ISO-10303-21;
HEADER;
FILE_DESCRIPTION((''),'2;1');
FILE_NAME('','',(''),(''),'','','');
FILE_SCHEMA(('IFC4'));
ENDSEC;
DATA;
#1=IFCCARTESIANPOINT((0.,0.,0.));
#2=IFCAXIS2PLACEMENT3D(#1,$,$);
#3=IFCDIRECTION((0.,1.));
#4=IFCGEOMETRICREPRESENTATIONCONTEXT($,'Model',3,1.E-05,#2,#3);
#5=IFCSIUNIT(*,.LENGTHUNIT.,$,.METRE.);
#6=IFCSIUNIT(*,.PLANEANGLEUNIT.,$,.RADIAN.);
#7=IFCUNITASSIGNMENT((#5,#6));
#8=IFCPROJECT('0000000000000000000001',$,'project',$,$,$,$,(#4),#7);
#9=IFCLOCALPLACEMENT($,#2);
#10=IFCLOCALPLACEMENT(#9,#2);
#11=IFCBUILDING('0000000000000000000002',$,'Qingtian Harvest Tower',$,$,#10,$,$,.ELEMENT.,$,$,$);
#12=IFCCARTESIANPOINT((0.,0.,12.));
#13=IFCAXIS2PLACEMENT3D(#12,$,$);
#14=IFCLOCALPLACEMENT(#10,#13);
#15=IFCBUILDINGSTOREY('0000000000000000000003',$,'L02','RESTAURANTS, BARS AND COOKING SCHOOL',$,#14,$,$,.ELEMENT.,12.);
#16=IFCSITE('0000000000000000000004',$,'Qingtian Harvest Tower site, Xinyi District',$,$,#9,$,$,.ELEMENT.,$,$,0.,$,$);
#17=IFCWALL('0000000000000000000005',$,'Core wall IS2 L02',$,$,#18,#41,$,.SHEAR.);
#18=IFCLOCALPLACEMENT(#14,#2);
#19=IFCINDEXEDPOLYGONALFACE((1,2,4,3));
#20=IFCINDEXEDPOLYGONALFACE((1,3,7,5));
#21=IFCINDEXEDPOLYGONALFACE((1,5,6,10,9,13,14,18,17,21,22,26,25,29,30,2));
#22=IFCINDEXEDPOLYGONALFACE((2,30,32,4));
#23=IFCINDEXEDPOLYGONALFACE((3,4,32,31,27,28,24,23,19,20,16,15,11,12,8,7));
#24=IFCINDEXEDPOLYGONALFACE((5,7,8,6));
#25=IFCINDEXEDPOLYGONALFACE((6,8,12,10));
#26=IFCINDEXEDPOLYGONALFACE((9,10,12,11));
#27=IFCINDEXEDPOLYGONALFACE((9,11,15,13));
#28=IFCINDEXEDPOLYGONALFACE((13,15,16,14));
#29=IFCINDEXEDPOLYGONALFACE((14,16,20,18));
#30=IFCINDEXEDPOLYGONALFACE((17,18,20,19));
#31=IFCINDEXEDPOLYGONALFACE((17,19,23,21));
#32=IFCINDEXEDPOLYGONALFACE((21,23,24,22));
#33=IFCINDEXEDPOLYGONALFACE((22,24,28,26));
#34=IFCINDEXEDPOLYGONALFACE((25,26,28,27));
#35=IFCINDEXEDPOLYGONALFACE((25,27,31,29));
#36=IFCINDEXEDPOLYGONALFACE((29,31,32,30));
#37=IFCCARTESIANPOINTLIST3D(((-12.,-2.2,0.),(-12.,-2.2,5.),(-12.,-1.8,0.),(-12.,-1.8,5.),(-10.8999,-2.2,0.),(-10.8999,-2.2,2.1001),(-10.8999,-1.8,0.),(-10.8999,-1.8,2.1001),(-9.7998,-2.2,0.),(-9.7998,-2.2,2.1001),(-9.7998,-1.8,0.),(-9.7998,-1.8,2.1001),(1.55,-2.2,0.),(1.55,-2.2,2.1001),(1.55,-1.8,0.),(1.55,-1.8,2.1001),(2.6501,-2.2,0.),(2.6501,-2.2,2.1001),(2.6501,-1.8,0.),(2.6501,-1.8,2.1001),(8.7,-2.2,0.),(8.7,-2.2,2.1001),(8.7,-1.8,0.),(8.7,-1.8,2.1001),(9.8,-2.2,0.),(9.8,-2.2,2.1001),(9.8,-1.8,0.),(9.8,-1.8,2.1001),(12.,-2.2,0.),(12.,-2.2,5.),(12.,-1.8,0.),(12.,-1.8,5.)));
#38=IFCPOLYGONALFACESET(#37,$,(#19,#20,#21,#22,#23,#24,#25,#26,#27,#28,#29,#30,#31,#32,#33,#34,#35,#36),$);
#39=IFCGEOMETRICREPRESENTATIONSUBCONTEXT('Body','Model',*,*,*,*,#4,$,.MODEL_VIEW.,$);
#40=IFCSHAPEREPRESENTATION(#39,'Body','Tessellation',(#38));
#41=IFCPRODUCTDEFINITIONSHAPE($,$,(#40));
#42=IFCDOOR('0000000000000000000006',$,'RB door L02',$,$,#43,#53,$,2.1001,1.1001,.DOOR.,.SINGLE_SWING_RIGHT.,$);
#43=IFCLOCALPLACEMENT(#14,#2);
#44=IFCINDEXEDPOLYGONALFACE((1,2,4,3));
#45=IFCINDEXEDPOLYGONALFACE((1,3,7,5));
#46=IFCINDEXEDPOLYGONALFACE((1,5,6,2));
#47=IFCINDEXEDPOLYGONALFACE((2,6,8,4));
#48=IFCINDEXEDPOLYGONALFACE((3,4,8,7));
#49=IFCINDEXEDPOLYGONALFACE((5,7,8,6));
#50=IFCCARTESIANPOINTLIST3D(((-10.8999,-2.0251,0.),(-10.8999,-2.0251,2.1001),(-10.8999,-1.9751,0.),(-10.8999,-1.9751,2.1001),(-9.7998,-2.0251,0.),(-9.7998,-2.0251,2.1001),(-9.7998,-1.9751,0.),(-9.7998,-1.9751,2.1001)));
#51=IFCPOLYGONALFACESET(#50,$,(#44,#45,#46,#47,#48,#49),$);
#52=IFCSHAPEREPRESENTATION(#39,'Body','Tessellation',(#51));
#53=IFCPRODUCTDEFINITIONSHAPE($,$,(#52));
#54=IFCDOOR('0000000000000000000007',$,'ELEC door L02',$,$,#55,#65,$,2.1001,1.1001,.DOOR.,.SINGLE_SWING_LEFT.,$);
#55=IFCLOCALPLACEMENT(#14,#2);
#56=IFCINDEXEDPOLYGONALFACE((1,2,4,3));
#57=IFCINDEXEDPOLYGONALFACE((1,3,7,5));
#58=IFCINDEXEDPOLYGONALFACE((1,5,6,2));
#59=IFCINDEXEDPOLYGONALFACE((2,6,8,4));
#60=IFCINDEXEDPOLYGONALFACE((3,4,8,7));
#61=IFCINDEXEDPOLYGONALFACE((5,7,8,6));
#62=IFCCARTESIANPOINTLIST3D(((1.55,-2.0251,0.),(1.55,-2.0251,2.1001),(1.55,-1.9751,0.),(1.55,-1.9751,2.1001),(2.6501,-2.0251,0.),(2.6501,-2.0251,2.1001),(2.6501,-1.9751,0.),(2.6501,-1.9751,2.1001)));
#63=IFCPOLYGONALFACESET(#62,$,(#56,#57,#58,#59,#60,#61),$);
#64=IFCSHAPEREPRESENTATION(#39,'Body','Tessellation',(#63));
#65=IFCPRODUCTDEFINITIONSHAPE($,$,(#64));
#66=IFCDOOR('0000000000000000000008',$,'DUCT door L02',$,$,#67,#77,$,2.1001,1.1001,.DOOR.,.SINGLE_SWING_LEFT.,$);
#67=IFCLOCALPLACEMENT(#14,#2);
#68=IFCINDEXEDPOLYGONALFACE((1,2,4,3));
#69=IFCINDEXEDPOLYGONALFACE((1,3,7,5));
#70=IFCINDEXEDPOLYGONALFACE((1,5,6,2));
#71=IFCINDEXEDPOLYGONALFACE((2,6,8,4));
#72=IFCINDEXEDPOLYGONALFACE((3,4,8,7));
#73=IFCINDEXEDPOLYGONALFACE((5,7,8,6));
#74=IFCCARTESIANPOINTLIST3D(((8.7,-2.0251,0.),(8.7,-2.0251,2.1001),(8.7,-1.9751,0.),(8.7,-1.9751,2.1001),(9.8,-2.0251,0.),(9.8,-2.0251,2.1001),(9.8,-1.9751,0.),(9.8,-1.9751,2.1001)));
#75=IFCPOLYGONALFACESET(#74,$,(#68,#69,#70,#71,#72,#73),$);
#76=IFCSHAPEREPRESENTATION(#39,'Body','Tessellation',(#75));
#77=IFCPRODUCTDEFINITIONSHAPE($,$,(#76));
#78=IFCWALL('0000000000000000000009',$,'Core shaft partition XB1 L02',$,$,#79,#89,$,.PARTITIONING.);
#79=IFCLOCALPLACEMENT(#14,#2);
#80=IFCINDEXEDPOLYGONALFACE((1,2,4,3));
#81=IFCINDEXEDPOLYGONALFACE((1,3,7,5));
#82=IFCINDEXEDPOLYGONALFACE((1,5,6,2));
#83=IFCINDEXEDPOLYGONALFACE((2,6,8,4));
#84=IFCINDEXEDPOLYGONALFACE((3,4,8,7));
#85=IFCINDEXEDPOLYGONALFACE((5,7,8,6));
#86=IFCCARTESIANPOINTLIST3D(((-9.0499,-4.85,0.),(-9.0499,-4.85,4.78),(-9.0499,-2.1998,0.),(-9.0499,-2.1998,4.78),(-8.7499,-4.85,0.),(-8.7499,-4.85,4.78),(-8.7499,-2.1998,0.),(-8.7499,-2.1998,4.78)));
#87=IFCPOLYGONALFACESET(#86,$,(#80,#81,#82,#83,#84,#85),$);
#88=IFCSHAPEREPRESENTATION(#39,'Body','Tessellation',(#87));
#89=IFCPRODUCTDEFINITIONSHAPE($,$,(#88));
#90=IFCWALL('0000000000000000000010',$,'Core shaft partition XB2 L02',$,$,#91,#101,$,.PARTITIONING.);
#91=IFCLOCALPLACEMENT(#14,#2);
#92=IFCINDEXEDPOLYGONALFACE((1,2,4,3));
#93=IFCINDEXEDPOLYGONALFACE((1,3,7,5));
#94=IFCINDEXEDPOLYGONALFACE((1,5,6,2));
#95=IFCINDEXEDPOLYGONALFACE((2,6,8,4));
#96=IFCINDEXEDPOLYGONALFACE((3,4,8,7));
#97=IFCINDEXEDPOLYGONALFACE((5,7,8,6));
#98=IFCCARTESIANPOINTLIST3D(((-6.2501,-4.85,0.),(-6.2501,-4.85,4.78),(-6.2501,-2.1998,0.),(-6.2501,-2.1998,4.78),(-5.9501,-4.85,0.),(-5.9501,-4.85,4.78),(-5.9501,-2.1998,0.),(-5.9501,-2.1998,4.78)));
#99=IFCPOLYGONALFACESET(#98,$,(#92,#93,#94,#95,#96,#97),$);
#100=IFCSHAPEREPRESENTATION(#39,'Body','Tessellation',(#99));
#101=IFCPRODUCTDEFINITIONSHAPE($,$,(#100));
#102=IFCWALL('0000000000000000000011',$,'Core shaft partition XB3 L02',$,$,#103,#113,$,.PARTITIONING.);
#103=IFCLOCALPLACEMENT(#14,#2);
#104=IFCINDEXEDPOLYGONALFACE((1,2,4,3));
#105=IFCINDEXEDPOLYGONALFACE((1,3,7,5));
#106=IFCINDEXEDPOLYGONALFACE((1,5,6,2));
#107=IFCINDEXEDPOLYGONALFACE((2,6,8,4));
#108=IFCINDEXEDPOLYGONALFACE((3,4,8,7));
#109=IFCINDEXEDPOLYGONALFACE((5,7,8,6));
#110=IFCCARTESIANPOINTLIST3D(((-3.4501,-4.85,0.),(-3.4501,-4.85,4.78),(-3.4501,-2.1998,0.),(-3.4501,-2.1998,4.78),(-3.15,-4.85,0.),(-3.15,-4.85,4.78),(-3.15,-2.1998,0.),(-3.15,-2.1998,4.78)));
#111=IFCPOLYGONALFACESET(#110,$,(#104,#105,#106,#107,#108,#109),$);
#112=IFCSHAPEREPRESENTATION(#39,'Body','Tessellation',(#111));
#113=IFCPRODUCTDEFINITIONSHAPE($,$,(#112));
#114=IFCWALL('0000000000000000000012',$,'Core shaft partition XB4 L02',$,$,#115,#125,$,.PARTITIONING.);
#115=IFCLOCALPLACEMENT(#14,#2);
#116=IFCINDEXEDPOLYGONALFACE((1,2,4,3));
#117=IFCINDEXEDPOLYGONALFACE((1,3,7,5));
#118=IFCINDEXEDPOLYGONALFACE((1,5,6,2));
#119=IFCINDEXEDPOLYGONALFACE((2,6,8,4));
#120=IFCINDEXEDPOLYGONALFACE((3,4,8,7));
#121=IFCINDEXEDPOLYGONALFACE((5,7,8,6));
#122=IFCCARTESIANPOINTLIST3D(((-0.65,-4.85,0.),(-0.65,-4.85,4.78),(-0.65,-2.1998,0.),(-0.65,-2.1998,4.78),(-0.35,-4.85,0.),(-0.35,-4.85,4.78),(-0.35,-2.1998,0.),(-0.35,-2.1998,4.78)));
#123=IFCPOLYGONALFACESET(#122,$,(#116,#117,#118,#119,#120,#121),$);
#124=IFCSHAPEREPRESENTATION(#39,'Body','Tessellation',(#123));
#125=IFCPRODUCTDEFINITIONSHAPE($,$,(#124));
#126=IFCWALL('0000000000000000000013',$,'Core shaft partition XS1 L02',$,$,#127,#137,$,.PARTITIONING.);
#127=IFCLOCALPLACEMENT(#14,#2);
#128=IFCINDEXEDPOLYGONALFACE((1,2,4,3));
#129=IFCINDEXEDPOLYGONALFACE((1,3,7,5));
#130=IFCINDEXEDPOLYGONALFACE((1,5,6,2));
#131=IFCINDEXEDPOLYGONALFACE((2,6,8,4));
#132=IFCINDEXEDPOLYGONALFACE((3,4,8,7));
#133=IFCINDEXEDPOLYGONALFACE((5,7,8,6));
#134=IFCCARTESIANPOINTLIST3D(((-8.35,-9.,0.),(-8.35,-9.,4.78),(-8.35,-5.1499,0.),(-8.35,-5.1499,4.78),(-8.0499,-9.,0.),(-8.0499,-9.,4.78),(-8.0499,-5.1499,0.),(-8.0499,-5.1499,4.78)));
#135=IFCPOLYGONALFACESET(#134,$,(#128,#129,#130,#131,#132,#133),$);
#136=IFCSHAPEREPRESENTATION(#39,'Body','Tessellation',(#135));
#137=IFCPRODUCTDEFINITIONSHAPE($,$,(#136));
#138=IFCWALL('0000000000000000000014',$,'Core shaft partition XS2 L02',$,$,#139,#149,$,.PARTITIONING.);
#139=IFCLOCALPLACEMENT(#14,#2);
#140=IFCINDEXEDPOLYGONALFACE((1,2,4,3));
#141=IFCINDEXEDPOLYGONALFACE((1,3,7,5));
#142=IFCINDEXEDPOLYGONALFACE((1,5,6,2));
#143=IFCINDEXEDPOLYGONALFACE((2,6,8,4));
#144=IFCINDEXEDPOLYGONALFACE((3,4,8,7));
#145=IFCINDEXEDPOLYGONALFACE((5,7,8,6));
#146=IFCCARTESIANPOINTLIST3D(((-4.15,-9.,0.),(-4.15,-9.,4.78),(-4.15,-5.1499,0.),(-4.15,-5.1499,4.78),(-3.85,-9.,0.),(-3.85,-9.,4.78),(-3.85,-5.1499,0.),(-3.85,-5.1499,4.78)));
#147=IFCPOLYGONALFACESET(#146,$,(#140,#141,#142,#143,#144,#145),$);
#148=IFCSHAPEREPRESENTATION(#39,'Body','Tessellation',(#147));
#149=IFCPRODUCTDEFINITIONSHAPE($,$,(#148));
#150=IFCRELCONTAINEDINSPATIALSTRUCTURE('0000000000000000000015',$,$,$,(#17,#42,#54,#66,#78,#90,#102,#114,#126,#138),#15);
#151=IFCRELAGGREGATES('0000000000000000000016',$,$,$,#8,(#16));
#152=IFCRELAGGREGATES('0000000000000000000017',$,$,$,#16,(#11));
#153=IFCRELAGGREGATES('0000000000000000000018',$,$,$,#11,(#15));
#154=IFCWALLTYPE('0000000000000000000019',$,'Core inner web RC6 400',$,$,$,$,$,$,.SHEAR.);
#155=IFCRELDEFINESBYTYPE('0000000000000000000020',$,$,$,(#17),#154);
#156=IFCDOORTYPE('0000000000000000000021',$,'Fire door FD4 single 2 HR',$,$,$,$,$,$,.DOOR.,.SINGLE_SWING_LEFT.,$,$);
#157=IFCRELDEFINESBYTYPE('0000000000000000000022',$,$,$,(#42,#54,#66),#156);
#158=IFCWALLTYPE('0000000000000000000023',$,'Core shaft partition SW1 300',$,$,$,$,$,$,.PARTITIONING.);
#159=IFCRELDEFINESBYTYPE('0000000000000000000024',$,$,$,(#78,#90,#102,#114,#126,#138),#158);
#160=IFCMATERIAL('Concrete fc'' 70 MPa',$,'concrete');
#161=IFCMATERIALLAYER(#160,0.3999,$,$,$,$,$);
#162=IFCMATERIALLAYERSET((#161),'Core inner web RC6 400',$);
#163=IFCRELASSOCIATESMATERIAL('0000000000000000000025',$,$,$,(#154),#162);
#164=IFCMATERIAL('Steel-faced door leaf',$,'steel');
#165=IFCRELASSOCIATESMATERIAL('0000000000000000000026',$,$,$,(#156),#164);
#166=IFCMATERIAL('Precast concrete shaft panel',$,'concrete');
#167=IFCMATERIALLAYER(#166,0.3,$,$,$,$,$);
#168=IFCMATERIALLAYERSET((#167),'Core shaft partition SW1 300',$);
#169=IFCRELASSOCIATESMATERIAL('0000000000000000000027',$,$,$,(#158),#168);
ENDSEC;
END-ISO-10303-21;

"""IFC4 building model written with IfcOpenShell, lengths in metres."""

from ifc_helpers import new_model, si_unit, direction, frame, frame_2d, origin, place, context, subcontext, project, spatial, rectangle, extrude, material, layer, layer_set, type_object, element, fill, save


model = new_model("IFC4")

# Units and contexts
model_context = context("Model", 3, precision=1e-05, world=origin(), true_north=direction((0.0, 1.0)))
body_context = subcontext(model_context, "Body", "Model", "MODEL_VIEW")
ifc_project = project(units=[si_unit("LENGTHUNIT", "METRE"), si_unit("PLANEANGLEUNIT", "RADIAN")], contexts=[model_context])

# Site, building, storey
site_placement = place(None, origin())
site = spatial("IfcSite", under=ifc_project, at=site_placement, Name="Qingtian Harvest Tower site, Xinyi District", CompositionType="ELEMENT", RefElevation=0.0)
building_placement = place(site_placement, origin())
building = spatial("IfcBuilding", under=site, at=building_placement, Name="Qingtian Harvest Tower", CompositionType="ELEMENT")
storey_placement = place(building_placement, frame((0.0, 0.0, 12.0)))
storey = spatial("IfcBuildingStorey", under=building, at=storey_placement, Name="L02", Description="RESTAURANTS, BARS AND COOKING SCHOOL", CompositionType="ELEMENT", Elevation=12.0)

# Wall, openings, doors
ifc_material_1 = material(Name="Concrete fc' 70 MPa", Category="concrete")
ifc_layer_1 = layer(ifc_material_1, 0.3999)
ifc_layer_set_1 = layer_set([ifc_layer_1], Name="Core inner web RC6 400")
wall_type_1 = type_object("IfcWallType", Name="Core inner web RC6 400", PredefinedType="SHEAR", material=ifc_layer_set_1)
wall_1_placement = place(storey_placement, frame((-12.0, -2.0, 0.0), z_axis=(0.0, 0.0, 1.0), x_axis=(1.0, 0.0, 0.0)))
wall_1 = element("IfcWall", 1, at=wall_1_placement, inside=storey, type_object=wall_type_1, Name="Core wall IS2 L02", PredefinedType="SHEAR", context=body_context, shape_type="SweptSolid", body=[
    extrude(rectangle(XDim=24.0, YDim=0.3999, at=frame_2d((12.0, 0.0))), origin(), (0.0, 0.0, 1.0), 5.0),
])
opening_1_placement = place(wall_1_placement, frame((1.1001, 0.0, 0.0)))
opening_1 = element("IfcOpeningElement", 2, at=opening_1_placement, cuts=wall_1, PredefinedType="OPENING", context=body_context, shape_type="SweptSolid", body=[
    extrude(rectangle(XDim=1.1001, YDim=2.1001, at=frame_2d((0.55, 1.05))), frame((0.0, 0.21, 0.0), z_axis=(0.0, -1.0, 0.0), x_axis=(1.0, 0.0, 0.0)), (0.0, 0.0, 1.0), 0.4199),
])
opening_2_placement = place(wall_1_placement, frame((13.55, 0.0, 0.0)))
opening_2 = element("IfcOpeningElement", 3, at=opening_2_placement, cuts=wall_1, PredefinedType="OPENING", context=body_context, shape_type="SweptSolid", body=[
    extrude(rectangle(XDim=1.1001, YDim=2.1001, at=frame_2d((0.55, 1.05))), frame((0.0, 0.21, 0.0), z_axis=(0.0, -1.0, 0.0), x_axis=(1.0, 0.0, 0.0)), (0.0, 0.0, 1.0), 0.4199),
])
opening_3_placement = place(wall_1_placement, frame((20.7, 0.0, 0.0)))
opening_3 = element("IfcOpeningElement", 4, at=opening_3_placement, cuts=wall_1, PredefinedType="OPENING", context=body_context, shape_type="SweptSolid", body=[
    extrude(rectangle(XDim=1.1001, YDim=2.1001, at=frame_2d((0.55, 1.05))), frame((0.0, 0.21, 0.0), z_axis=(0.0, -1.0, 0.0), x_axis=(1.0, 0.0, 0.0)), (0.0, 0.0, 1.0), 0.4199),
])
ifc_material_2 = material(Name="Steel-faced door leaf", Category="steel")
door_type_1 = type_object("IfcDoorType", Name="Fire door FD4 single 2 HR", OperationType="SINGLE_SWING_LEFT", PredefinedType="DOOR", material=ifc_material_2)
door_1_placement = place(opening_1_placement, origin())
door_1 = element("IfcDoor", 5, at=door_1_placement, inside=storey, type_object=door_type_1, Name="RB door L02", OperationType="SINGLE_SWING_RIGHT", OverallHeight=2.1001, OverallWidth=1.1001, PredefinedType="DOOR", context=body_context, shape_type="SweptSolid", body=[
    extrude(rectangle(XDim=1.1001, YDim=2.1001, at=frame_2d((0.55, 1.05))), frame((0.0, 0.0249, 0.0), z_axis=(0.0, -1.0, 0.0), x_axis=(1.0, 0.0, 0.0)), (0.0, 0.0, 1.0), 0.05),
])
fill(opening_1, door_1)
door_2_placement = place(opening_2_placement, origin())
door_2 = element("IfcDoor", 6, at=door_2_placement, inside=storey, type_object=door_type_1, Name="ELEC door L02", OperationType="SINGLE_SWING_LEFT", OverallHeight=2.1001, OverallWidth=1.1001, PredefinedType="DOOR", context=body_context, shape_type="SweptSolid", body=[
    extrude(rectangle(XDim=1.1001, YDim=2.1001, at=frame_2d((0.55, 1.05))), frame((0.0, 0.0249, 0.0), z_axis=(0.0, -1.0, 0.0), x_axis=(1.0, 0.0, 0.0)), (0.0, 0.0, 1.0), 0.05),
])
fill(opening_2, door_2)
door_3_placement = place(opening_3_placement, origin())
door_3 = element("IfcDoor", 7, at=door_3_placement, inside=storey, type_object=door_type_1, Name="DUCT door L02", OperationType="SINGLE_SWING_LEFT", OverallHeight=2.1001, OverallWidth=1.1001, PredefinedType="DOOR", context=body_context, shape_type="SweptSolid", body=[
    extrude(rectangle(XDim=1.1001, YDim=2.1001, at=frame_2d((0.55, 1.05))), frame((0.0, 0.0249, 0.0), z_axis=(0.0, -1.0, 0.0), x_axis=(1.0, 0.0, 0.0)), (0.0, 0.0, 1.0), 0.05),
])
fill(opening_3, door_3)

# Walls
ifc_material_3 = material(Name="Precast concrete shaft panel", Category="concrete")
ifc_layer_2 = layer(ifc_material_3, 0.3)
ifc_layer_set_2 = layer_set([ifc_layer_2], Name="Core shaft partition SW1 300")
wall_type_2 = type_object("IfcWallType", Name="Core shaft partition SW1 300", PredefinedType="PARTITIONING", material=ifc_layer_set_2)
for number, where, z_axis, x_axis, name in (
    (8, (-8.8999, -4.8501, 0.0), (0.0, 0.0, 1.0), (0.0, 1.0, 0.0), "Core shaft partition XB1 L02"),
    (9, (-6.1001, -4.8501, 0.0), (0.0, 0.0, 1.0), (0.0, 1.0, 0.0), "Core shaft partition XB2 L02"),
    (10, (-3.3, -4.8501, 0.0), (0.0, 0.0, 1.0), (0.0, 1.0, 0.0), "Core shaft partition XB3 L02"),
    (11, (-0.5, -4.8501, 0.0), (0.0, 0.0, 1.0), (0.0, 1.0, 0.0), "Core shaft partition XB4 L02"),
):
    element("IfcWall", number, at=place(storey_placement, frame(where, z_axis=z_axis, x_axis=x_axis)), inside=storey, type_object=wall_type_2, Name=name, PredefinedType="PARTITIONING", context=body_context, shape_type="SweptSolid", body=[
        extrude(rectangle(XDim=2.6501, YDim=0.3, at=frame_2d((1.3252, 0.0))), origin(), (0.0, 0.0, 1.0), 4.78),
    ])
for number, where, z_axis, x_axis, name in (
    (12, (-8.2, -9.0, 0.0), (0.0, 0.0, 1.0), (0.0, 1.0, 0.0), "Core shaft partition XS1 L02"),
    (13, (-4.0, -9.0, 0.0), (0.0, 0.0, 1.0), (0.0, 1.0, 0.0), "Core shaft partition XS2 L02"),
):
    element("IfcWall", number, at=place(storey_placement, frame(where, z_axis=z_axis, x_axis=x_axis)), inside=storey, type_object=wall_type_2, Name=name, PredefinedType="PARTITIONING", context=body_context, shape_type="SweptSolid", body=[
        extrude(rectangle(XDim=3.8501, YDim=0.3, at=frame_2d((1.925, 0.0))), origin(), (0.0, 0.0, 1.0), 4.78),
    ])

save(model, "model.ifc")
